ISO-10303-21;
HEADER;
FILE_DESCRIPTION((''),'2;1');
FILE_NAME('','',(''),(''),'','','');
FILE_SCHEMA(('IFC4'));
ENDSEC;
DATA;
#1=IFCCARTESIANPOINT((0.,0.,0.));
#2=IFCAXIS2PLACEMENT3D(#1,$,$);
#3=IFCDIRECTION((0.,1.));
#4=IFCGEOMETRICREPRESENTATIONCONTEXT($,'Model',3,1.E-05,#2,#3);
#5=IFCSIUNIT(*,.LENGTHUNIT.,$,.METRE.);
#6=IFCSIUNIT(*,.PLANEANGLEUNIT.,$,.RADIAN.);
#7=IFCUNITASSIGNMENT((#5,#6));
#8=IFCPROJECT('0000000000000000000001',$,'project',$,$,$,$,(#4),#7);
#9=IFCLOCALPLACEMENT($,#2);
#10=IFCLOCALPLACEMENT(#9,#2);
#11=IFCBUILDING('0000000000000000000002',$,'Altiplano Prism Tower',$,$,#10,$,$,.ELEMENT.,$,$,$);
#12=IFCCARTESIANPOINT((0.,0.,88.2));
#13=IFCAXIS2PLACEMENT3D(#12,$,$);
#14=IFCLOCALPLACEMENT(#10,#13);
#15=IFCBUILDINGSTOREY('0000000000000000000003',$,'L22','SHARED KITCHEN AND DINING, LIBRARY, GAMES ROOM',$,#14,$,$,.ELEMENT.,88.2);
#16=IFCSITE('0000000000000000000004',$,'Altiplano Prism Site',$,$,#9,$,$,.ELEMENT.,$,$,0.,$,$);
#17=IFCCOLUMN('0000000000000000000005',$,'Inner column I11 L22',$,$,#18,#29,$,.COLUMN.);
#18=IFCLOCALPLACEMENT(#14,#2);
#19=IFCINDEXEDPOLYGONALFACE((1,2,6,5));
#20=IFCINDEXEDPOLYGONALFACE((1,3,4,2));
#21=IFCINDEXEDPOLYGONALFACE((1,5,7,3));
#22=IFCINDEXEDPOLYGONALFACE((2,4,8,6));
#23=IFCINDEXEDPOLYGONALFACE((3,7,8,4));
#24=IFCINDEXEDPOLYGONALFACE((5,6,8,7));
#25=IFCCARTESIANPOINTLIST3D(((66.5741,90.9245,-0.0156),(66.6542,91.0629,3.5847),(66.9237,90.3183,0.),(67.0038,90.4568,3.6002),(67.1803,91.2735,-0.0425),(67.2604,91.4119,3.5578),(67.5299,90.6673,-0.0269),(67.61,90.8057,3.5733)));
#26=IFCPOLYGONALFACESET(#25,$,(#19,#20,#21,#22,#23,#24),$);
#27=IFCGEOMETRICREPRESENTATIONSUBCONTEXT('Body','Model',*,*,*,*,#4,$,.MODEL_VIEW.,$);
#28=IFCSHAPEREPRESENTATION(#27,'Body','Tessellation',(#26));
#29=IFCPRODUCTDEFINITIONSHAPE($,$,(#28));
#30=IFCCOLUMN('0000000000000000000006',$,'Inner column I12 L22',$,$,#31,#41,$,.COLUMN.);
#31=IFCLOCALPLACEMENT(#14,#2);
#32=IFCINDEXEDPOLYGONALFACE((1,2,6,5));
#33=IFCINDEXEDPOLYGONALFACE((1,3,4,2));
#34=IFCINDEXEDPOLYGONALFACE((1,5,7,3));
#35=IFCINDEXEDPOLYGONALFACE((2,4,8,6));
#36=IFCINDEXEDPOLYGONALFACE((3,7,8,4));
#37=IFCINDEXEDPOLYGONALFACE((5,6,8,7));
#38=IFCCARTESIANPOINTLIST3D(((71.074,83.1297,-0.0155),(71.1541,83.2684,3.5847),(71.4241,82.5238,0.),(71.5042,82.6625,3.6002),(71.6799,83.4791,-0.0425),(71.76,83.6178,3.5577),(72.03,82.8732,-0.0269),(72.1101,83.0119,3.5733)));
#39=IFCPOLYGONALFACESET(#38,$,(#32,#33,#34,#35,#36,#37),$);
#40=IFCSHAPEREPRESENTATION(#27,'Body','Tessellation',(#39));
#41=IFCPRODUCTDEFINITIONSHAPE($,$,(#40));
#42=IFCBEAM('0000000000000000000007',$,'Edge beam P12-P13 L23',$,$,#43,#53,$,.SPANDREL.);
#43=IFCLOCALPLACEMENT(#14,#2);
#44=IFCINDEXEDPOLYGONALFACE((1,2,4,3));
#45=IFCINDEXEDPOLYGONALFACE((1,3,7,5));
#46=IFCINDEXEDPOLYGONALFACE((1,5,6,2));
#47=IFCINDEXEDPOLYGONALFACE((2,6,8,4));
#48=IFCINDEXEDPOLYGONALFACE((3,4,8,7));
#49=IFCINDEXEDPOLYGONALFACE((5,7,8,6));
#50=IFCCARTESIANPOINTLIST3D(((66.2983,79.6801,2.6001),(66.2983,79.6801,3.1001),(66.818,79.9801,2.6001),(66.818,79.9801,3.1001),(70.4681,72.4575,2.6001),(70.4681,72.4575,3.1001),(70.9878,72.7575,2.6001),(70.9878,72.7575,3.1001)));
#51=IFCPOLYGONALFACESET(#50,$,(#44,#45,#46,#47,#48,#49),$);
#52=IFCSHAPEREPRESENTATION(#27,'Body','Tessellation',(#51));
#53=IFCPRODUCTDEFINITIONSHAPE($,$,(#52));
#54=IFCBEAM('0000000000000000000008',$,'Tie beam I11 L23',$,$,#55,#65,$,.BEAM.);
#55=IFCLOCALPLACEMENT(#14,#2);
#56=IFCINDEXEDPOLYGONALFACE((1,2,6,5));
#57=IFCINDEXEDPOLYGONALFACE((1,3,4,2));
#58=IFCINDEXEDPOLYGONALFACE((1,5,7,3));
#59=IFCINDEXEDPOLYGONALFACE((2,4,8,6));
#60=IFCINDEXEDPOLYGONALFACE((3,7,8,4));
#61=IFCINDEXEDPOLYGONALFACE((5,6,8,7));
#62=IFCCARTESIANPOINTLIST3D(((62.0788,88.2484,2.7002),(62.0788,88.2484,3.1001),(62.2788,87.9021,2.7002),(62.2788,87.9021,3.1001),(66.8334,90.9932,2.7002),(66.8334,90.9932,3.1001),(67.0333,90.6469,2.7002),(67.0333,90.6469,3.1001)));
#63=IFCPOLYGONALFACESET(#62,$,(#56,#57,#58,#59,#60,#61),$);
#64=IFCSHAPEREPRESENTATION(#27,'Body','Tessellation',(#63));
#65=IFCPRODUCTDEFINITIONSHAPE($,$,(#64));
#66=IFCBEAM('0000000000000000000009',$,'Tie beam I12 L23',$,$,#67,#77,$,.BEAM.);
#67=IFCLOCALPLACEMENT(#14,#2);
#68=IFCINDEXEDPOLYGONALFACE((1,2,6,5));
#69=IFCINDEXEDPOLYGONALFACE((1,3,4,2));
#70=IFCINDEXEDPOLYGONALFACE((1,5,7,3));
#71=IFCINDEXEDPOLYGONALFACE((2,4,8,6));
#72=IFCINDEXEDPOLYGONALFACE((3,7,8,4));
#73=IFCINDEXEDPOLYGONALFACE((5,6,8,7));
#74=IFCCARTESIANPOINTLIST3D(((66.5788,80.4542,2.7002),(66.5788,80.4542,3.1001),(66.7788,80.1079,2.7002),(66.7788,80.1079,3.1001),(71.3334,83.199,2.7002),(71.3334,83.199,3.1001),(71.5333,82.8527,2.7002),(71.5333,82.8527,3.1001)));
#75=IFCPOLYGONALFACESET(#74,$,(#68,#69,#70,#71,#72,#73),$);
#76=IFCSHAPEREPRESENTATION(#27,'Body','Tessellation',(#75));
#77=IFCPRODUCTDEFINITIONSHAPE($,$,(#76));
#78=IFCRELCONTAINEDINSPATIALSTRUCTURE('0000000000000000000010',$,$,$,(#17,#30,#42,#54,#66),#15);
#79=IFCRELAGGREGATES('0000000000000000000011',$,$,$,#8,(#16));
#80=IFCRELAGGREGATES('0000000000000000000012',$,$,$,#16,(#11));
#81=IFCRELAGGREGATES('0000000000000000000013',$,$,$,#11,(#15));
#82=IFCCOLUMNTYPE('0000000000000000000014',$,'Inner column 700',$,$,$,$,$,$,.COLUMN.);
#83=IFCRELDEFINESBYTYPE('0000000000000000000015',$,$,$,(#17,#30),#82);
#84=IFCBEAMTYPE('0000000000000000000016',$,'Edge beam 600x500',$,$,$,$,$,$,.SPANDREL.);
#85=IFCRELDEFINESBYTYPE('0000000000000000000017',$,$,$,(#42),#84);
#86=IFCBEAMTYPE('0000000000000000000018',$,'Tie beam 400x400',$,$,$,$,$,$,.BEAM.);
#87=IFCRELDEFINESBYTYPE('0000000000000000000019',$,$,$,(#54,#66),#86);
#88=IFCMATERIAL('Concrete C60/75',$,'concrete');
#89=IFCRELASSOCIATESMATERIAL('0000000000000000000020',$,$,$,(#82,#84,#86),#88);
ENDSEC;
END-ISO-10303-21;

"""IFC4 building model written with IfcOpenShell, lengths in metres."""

from ifc_helpers import new_model, si_unit, direction, frame, origin, origin_2d, place, context, subcontext, project, spatial, rectangle, extrude, material, material_profile, profile_set, type_object, element, save


model = new_model("IFC4")

# Units and contexts
model_context = context("Model", 3, precision=1e-05, world=origin(), true_north=direction((0.0, 1.0)))
body_context = subcontext(model_context, "Body", "Model", "MODEL_VIEW")
ifc_project = project(units=[si_unit("LENGTHUNIT", "METRE"), si_unit("PLANEANGLEUNIT", "RADIAN")], contexts=[model_context])

# Site, building, storey
site_placement = place(None, origin())
site = spatial("IfcSite", under=ifc_project, at=site_placement, Name="Altiplano Prism Site", CompositionType="ELEMENT", RefElevation=0.0)
building_placement = place(site_placement, origin())
building = spatial("IfcBuilding", under=site, at=building_placement, Name="Altiplano Prism Tower", CompositionType="ELEMENT")
storey_placement = place(building_placement, frame((0.0, 0.0, 88.2)))
storey = spatial("IfcBuildingStorey", under=building, at=storey_placement, Name="L22", Description="SHARED KITCHEN AND DINING, LIBRARY, GAMES ROOM", CompositionType="ELEMENT", Elevation=88.2)

# Columns
ifc_material_1 = material(Name="Concrete C60/75", Category="concrete")
ifc_material_profile_1 = material_profile(ifc_material_1, rectangle(XDim=0.7, YDim=0.7, at=origin_2d()), Name="Inner column 700")
ifc_profile_set_1 = profile_set([ifc_material_profile_1], Name="Concrete C60/75")
column_type = type_object("IfcColumnType", Name="Inner column 700", PredefinedType="COLUMN", material=ifc_profile_set_1)
for number, where, z_axis, x_axis, name in (
    (1, (67.052, 90.7959, -0.0212), (0.022221, 0.038413, 0.999015), (-0.866024, -0.498523, 0.038432), "Inner column I11 L22"),
    (2, (71.552, 83.0015, -0.0212), (0.022221, 0.038481, 0.999012), (-0.865639, -0.499187, 0.038483), "Inner column I12 L22"),
):
    element("IfcColumn", number, at=place(storey_placement, frame(where, z_axis=z_axis, x_axis=x_axis)), inside=storey, type_object=column_type, Name=name, PredefinedType="COLUMN", context=body_context, shape_type="SweptSolid", body=[
        extrude(rectangle(XDim=0.7, YDim=0.7, at=origin_2d()), origin(), (0.0, 0.0, 1.0), 3.6038),
    ])

# Beams
ifc_material_profile_2 = material_profile(ifc_material_1, rectangle(XDim=0.6001, YDim=0.5, at=origin_2d()), Name="Edge beam 600x500")
ifc_profile_set_2 = profile_set([ifc_material_profile_2], Name="Concrete C60/75")
beam_type_1 = type_object("IfcBeamType", Name="Edge beam 600x500", PredefinedType="SPANDREL", material=ifc_profile_set_2)
beam_placement = place(storey_placement, frame((66.5581, 79.8301, 2.8501), z_axis=(0.499993, -0.86603, 0.0), x_axis=(0.86603, 0.499993, 0.0)))
element("IfcBeam", 3, at=beam_placement, inside=storey, type_object=beam_type_1, Name="Edge beam P12-P13 L23", PredefinedType="SPANDREL", context=body_context, shape_type="SweptSolid", body=[
    extrude(rectangle(XDim=0.6001, YDim=0.5, at=origin_2d()), origin(), (0.0, 0.0, 1.0), 8.3398),
])
ifc_material_profile_3 = material_profile(ifc_material_1, rectangle(XDim=0.3999, YDim=0.3999, at=origin_2d()), Name="Tie beam 400x400")
ifc_profile_set_3 = profile_set([ifc_material_profile_3], Name="Concrete C60/75")
beam_type_2 = type_object("IfcBeamType", Name="Tie beam 400x400", PredefinedType="BEAM", material=ifc_profile_set_3)
for number, where, z_axis, x_axis, name in (
    (4, (66.9333, 90.8201, 2.9001), (-0.866043, -0.49997, 0.0), (0.49997, -0.866043, 0.0), "Tie beam I11 L23"),
    (5, (71.4333, 83.0259, 2.9001), (-0.866043, -0.49997, 0.0), (0.49997, -0.866043, 0.0), "Tie beam I12 L23"),
):
    element("IfcBeam", number, at=place(storey_placement, frame(where, z_axis=z_axis, x_axis=x_axis)), inside=storey, type_object=beam_type_2, Name=name, PredefinedType="BEAM", context=body_context, shape_type="SweptSolid", body=[
        extrude(rectangle(XDim=0.3999, YDim=0.3999, at=origin_2d()), origin(), (0.0, 0.0, 1.0), 5.49),
    ])

save(model, "model.ifc")
